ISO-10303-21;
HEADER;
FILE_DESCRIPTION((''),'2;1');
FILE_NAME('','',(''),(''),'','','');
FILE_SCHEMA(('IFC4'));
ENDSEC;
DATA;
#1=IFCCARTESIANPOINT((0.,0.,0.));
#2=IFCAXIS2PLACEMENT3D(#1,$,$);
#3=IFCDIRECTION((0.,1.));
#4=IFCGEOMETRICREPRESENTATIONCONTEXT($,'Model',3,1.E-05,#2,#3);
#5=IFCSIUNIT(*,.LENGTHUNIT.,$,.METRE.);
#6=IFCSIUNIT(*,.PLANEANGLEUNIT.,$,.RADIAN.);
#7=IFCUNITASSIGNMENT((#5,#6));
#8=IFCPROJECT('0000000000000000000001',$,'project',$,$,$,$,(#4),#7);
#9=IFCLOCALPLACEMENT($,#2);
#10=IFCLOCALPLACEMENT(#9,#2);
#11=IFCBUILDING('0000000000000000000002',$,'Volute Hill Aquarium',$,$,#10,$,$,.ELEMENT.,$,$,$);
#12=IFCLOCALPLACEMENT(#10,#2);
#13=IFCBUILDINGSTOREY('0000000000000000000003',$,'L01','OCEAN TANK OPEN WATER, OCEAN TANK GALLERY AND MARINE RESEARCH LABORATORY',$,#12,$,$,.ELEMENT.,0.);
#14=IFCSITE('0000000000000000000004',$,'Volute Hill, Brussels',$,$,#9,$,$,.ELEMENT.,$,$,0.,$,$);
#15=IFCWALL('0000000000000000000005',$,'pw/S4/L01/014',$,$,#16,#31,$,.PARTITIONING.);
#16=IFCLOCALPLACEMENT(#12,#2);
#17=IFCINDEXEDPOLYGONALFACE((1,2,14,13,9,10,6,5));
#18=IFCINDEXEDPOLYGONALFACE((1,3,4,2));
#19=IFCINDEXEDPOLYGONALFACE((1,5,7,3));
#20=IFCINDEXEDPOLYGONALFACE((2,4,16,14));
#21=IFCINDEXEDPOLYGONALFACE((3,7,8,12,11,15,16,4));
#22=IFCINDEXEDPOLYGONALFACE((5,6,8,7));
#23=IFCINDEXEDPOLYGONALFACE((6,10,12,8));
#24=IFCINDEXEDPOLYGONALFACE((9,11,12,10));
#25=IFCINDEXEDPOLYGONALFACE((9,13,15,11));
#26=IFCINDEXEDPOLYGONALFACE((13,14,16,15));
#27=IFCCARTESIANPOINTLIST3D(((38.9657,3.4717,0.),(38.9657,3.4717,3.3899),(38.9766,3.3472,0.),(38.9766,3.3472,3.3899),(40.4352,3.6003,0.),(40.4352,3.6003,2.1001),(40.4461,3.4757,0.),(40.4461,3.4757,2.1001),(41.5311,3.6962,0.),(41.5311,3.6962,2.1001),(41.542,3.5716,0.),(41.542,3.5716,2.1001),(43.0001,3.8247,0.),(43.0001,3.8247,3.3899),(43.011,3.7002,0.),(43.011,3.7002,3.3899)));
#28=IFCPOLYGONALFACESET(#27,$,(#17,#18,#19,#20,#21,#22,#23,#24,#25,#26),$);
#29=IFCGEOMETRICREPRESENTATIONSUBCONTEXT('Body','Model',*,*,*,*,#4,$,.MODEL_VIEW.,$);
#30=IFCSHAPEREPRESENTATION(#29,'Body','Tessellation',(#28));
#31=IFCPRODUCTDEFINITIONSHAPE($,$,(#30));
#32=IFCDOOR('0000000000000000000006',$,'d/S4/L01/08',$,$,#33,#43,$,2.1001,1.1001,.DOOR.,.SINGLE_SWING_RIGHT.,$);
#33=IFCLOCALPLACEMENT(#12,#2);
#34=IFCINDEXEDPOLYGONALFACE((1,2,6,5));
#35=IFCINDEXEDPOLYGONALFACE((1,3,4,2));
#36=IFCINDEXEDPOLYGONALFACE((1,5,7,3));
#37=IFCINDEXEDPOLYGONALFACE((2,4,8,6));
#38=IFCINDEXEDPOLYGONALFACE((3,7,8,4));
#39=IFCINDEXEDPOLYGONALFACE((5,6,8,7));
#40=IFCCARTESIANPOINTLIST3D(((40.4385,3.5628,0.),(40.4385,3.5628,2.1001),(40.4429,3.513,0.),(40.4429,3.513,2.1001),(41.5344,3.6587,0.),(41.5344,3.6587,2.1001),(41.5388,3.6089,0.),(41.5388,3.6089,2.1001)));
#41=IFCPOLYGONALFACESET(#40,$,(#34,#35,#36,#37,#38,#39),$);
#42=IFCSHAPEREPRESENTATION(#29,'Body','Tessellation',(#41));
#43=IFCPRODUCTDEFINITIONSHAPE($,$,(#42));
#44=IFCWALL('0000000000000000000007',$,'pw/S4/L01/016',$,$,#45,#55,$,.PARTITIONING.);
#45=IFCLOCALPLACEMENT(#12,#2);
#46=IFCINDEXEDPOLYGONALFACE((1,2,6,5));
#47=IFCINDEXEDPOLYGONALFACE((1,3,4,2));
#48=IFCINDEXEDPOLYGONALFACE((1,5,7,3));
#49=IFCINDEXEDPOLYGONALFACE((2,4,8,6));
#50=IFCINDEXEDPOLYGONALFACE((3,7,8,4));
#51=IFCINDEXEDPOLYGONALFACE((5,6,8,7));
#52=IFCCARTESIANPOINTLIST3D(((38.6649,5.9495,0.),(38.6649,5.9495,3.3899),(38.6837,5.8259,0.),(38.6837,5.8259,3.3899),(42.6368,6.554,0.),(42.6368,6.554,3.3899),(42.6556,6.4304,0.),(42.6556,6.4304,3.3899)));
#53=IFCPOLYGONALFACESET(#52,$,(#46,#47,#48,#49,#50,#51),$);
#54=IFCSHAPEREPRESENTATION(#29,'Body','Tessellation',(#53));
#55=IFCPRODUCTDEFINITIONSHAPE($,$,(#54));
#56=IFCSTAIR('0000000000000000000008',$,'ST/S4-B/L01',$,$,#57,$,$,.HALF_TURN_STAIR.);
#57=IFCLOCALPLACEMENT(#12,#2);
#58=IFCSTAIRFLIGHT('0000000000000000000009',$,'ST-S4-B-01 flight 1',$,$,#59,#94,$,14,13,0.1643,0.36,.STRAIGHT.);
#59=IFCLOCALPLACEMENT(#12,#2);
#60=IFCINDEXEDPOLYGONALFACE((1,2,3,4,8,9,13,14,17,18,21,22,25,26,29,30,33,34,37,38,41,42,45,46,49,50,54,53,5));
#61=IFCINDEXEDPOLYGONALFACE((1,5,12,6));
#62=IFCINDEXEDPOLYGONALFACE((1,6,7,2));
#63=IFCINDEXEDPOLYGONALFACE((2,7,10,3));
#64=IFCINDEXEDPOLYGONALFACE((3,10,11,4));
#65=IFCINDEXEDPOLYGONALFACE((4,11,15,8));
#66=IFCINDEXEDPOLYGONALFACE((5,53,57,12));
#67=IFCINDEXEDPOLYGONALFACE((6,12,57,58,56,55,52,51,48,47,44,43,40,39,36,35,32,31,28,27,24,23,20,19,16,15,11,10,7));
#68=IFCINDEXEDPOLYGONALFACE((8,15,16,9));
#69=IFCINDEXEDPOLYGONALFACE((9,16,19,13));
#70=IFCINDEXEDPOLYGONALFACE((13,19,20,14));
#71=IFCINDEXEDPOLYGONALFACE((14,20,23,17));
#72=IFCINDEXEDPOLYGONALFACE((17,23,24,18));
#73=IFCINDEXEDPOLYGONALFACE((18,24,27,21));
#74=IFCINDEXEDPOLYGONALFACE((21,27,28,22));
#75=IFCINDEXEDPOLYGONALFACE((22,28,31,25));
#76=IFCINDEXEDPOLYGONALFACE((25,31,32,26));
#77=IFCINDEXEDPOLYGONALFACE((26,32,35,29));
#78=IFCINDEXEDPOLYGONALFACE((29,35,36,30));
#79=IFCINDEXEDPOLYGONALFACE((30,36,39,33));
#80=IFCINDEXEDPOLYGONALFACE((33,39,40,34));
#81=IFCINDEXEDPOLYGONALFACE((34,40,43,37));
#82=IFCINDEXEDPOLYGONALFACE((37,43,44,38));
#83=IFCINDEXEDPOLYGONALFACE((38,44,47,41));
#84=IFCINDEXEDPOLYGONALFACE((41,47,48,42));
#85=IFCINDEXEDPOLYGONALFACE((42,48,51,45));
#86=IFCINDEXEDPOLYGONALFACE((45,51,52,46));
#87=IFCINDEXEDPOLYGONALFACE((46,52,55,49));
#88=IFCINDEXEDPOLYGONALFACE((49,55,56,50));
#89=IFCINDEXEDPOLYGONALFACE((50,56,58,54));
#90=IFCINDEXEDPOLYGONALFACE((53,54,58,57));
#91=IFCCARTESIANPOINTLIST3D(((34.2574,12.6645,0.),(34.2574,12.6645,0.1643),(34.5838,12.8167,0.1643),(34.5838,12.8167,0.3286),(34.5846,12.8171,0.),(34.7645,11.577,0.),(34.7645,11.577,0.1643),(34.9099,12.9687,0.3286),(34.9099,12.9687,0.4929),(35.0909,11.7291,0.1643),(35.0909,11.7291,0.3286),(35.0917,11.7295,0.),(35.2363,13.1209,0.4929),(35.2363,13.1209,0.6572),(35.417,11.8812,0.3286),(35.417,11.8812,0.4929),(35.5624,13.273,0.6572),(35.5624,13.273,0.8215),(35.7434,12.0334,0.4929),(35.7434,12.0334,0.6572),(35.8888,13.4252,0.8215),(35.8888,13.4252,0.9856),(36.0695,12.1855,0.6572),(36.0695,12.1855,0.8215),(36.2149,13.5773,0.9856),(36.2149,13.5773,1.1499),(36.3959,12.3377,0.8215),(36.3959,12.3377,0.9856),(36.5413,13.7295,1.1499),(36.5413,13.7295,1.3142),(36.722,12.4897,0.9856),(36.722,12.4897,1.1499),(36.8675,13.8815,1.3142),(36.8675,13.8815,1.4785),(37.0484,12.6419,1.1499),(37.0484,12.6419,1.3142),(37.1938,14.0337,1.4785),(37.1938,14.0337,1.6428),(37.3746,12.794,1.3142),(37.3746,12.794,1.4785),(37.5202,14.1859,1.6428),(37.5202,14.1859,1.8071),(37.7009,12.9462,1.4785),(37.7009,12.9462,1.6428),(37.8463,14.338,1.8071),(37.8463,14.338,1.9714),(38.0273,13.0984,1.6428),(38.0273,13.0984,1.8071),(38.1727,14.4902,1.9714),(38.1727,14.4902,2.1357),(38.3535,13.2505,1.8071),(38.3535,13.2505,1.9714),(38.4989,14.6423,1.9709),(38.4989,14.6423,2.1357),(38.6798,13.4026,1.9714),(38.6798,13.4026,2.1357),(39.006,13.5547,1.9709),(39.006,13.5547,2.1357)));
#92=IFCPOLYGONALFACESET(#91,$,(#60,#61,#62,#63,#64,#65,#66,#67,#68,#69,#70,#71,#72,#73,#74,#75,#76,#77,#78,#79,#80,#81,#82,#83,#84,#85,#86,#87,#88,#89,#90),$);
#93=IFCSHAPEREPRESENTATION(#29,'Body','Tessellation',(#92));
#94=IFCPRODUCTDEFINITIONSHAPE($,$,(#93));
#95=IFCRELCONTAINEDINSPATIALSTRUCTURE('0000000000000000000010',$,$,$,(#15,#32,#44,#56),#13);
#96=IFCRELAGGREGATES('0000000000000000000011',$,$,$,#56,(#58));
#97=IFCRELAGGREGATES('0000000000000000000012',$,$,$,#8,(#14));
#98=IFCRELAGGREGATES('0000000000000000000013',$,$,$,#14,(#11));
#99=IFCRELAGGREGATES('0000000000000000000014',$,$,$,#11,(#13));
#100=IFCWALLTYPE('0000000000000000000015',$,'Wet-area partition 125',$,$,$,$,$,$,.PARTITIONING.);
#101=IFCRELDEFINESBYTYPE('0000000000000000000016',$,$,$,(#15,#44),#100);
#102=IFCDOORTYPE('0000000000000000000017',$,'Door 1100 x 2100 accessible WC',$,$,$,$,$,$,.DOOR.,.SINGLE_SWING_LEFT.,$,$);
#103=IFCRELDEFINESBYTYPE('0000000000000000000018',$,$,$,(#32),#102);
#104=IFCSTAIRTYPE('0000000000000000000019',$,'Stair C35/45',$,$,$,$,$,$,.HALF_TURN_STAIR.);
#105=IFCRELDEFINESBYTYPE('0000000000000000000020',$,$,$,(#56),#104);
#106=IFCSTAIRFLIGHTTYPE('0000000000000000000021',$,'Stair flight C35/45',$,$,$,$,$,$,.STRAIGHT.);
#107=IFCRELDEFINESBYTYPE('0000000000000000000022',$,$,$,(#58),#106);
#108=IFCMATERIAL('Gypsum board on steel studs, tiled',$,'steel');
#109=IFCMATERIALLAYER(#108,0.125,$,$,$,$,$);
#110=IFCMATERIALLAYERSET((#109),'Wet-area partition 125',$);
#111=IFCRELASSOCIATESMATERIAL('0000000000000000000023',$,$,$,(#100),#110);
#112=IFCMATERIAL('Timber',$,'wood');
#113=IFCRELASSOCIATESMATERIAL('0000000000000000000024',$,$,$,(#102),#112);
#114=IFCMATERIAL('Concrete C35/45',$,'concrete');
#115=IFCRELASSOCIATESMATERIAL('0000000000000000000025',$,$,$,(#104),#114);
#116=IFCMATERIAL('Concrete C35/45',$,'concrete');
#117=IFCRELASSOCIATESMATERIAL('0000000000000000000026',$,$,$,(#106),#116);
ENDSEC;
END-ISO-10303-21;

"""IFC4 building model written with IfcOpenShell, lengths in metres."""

from ifc_helpers import new_model, si_unit, direction, frame, frame_2d, origin, place, context, subcontext, project, spatial, polyline, rectangle, outline, extrude, material, layer, layer_set, type_object, element, fill, aggregate, save


model = new_model("IFC4")

# Units and contexts
model_context = context("Model", 3, precision=1e-05, world=origin(), true_north=direction((0.0, 1.0)))
body_context = subcontext(model_context, "Body", "Model", "MODEL_VIEW")
ifc_project = project(units=[si_unit("LENGTHUNIT", "METRE"), si_unit("PLANEANGLEUNIT", "RADIAN")], contexts=[model_context])

# Site, building, storey
site_placement = place(None, origin())
site = spatial("IfcSite", under=ifc_project, at=site_placement, Name="Volute Hill, Brussels", CompositionType="ELEMENT", RefElevation=0.0)
building_placement = place(site_placement, origin())
building = spatial("IfcBuilding", under=site, at=building_placement, Name="Volute Hill Aquarium", CompositionType="ELEMENT")
storey_placement = place(building_placement, origin())
storey = spatial("IfcBuildingStorey", under=building, at=storey_placement, Name="L01", Description="OCEAN TANK OPEN WATER, OCEAN TANK GALLERY AND MARINE RESEARCH LABORATORY", CompositionType="ELEMENT", Elevation=0.0)

# Wall, opening, door
ifc_material_1 = material(Name="Gypsum board on steel studs, tiled", Category="steel")
ifc_layer_1 = layer(ifc_material_1, 0.125)
ifc_layer_set_1 = layer_set([ifc_layer_1], Name="Wet-area partition 125")
wall_type_1 = type_object("IfcWallType", Name="Wet-area partition 125", PredefinedType="PARTITIONING", material=ifc_layer_set_1)
wall_1_placement = place(storey_placement, frame((38.9712, 3.4094, 0.0), z_axis=(0.0, 0.0, 1.0), x_axis=(0.996193, 0.087171, 0.0)))
wall_1 = element("IfcWall", 1, at=wall_1_placement, inside=storey, type_object=wall_type_1, Name="pw/S4/L01/014", PredefinedType="PARTITIONING", context=body_context, shape_type="SweptSolid", body=[
    extrude(rectangle(XDim=4.0498, YDim=0.125, at=frame_2d((2.0249, 0.0))), origin(), (0.0, 0.0, 1.0), 3.3899),
])
opening_1_placement = place(wall_1_placement, frame((1.4751, 0.0, 0.0)))
opening_1 = element("IfcOpeningElement", 2, at=opening_1_placement, cuts=wall_1, PredefinedType="OPENING", context=body_context, shape_type="SweptSolid", body=[
    extrude(rectangle(XDim=1.1001, YDim=2.1001, at=frame_2d((0.55, 1.05))), frame((0.0, 0.0725, 0.0), z_axis=(0.0, -1.0, 0.0), x_axis=(1.0, 0.0, 0.0)), (0.0, 0.0, 1.0), 0.145),
])
ifc_material_2 = material(Name="Timber", Category="wood")
door_type_1 = type_object("IfcDoorType", Name="Door 1100 x 2100 accessible WC", OperationType="SINGLE_SWING_LEFT", PredefinedType="DOOR", material=ifc_material_2)
door_1_placement = place(opening_1_placement, origin())
door_1 = element("IfcDoor", 3, at=door_1_placement, inside=storey, type_object=door_type_1, Name="d/S4/L01/08", OperationType="SINGLE_SWING_RIGHT", OverallHeight=2.1001, OverallWidth=1.1001, PredefinedType="DOOR", context=body_context, shape_type="SweptSolid", body=[
    extrude(rectangle(XDim=1.1001, YDim=2.1001, at=frame_2d((0.55, 1.05))), frame((0.0, 0.0249, 0.0), z_axis=(0.0, -1.0, 0.0), x_axis=(1.0, 0.0, 0.0)), (0.0, 0.0, 1.0), 0.05),
])
fill(opening_1, door_1)

# Wall
wall_2_placement = place(storey_placement, frame((38.6743, 5.8877, 0.0), z_axis=(0.0, 0.0, 1.0), x_axis=(0.988616, 0.150459, 0.0)))
element("IfcWall", 4, at=wall_2_placement, inside=storey, type_object=wall_type_1, Name="pw/S4/L01/016", PredefinedType="PARTITIONING", context=body_context, shape_type="SweptSolid", body=[
    extrude(rectangle(XDim=4.0176, YDim=0.125, at=frame_2d((2.0088, 0.0))), origin(), (0.0, 0.0, 1.0), 3.3899),
])

# Stair, stair flight
ifc_material_3 = material(Name="Concrete C35/45", Category="concrete")
stair_type = type_object("IfcStairType", Name="Stair C35/45", PredefinedType="HALF_TURN_STAIR", material=ifc_material_3)
stair_placement = place(storey_placement, origin())
stair = element("IfcStair", 5, at=stair_placement, inside=storey, type_object=stair_type, Name="ST/S4-B/L01", PredefinedType="HALF_TURN_STAIR")
ifc_material_4 = material(Name="Concrete C35/45", Category="concrete")
stair_flight_type = type_object("IfcStairFlightType", Name="Stair flight C35/45", PredefinedType="STRAIGHT", material=ifc_material_4)
stair_flight_placement = place(storey_placement, frame((34.511, 12.1206, 0.0), z_axis=(0.0, 0.0, 1.0), x_axis=(0.906313, 0.422606, 0.0)))
stair_flight = element("IfcStairFlight", 6, at=stair_flight_placement, type_object=stair_flight_type, Name="ST-S4-B-01 flight 1", NumberOfRisers=14, NumberOfTreads=13, PredefinedType="STRAIGHT", RiserHeight=0.1643, TreadLength=0.36, context=body_context, shape_type="SweptSolid", body=[
    extrude(outline(polyline([(0.0, 0.0), (0.0, 0.1643), (0.3601, 0.1643), (0.3601, 0.3286), (0.72, 0.3286), (0.72, 0.4929), (1.0801, 0.4929), (1.0801, 0.6572), (1.4399, 0.6572), (1.4399, 0.8215), (1.8, 0.8215), (1.8, 0.9856), (2.1599, 0.9856), (2.1599, 1.1499), (2.52, 1.1499), (2.52, 1.3142), (2.8799, 1.3142), (2.8799, 1.4785), (3.24, 1.4785), (3.24, 1.6428), (3.6001, 1.6428), (3.6001, 1.8071), (3.96, 1.8071), (3.96, 1.9714), (4.3201, 1.9714), (4.3201, 2.1357), (4.6799, 2.1357), (4.6799, 2.3), (4.6799, 1.9709), (0.3611, 0.0), (0.0, 0.0)])), frame((0.0, 0.6001, 0.0), z_axis=(0.0, -1.0, 0.0), x_axis=(1.0, 0.0, 0.0)), (0.0, 0.0, 1.0), 1.2),
])
aggregate(stair, [stair_flight])

save(model, "model.ifc")
